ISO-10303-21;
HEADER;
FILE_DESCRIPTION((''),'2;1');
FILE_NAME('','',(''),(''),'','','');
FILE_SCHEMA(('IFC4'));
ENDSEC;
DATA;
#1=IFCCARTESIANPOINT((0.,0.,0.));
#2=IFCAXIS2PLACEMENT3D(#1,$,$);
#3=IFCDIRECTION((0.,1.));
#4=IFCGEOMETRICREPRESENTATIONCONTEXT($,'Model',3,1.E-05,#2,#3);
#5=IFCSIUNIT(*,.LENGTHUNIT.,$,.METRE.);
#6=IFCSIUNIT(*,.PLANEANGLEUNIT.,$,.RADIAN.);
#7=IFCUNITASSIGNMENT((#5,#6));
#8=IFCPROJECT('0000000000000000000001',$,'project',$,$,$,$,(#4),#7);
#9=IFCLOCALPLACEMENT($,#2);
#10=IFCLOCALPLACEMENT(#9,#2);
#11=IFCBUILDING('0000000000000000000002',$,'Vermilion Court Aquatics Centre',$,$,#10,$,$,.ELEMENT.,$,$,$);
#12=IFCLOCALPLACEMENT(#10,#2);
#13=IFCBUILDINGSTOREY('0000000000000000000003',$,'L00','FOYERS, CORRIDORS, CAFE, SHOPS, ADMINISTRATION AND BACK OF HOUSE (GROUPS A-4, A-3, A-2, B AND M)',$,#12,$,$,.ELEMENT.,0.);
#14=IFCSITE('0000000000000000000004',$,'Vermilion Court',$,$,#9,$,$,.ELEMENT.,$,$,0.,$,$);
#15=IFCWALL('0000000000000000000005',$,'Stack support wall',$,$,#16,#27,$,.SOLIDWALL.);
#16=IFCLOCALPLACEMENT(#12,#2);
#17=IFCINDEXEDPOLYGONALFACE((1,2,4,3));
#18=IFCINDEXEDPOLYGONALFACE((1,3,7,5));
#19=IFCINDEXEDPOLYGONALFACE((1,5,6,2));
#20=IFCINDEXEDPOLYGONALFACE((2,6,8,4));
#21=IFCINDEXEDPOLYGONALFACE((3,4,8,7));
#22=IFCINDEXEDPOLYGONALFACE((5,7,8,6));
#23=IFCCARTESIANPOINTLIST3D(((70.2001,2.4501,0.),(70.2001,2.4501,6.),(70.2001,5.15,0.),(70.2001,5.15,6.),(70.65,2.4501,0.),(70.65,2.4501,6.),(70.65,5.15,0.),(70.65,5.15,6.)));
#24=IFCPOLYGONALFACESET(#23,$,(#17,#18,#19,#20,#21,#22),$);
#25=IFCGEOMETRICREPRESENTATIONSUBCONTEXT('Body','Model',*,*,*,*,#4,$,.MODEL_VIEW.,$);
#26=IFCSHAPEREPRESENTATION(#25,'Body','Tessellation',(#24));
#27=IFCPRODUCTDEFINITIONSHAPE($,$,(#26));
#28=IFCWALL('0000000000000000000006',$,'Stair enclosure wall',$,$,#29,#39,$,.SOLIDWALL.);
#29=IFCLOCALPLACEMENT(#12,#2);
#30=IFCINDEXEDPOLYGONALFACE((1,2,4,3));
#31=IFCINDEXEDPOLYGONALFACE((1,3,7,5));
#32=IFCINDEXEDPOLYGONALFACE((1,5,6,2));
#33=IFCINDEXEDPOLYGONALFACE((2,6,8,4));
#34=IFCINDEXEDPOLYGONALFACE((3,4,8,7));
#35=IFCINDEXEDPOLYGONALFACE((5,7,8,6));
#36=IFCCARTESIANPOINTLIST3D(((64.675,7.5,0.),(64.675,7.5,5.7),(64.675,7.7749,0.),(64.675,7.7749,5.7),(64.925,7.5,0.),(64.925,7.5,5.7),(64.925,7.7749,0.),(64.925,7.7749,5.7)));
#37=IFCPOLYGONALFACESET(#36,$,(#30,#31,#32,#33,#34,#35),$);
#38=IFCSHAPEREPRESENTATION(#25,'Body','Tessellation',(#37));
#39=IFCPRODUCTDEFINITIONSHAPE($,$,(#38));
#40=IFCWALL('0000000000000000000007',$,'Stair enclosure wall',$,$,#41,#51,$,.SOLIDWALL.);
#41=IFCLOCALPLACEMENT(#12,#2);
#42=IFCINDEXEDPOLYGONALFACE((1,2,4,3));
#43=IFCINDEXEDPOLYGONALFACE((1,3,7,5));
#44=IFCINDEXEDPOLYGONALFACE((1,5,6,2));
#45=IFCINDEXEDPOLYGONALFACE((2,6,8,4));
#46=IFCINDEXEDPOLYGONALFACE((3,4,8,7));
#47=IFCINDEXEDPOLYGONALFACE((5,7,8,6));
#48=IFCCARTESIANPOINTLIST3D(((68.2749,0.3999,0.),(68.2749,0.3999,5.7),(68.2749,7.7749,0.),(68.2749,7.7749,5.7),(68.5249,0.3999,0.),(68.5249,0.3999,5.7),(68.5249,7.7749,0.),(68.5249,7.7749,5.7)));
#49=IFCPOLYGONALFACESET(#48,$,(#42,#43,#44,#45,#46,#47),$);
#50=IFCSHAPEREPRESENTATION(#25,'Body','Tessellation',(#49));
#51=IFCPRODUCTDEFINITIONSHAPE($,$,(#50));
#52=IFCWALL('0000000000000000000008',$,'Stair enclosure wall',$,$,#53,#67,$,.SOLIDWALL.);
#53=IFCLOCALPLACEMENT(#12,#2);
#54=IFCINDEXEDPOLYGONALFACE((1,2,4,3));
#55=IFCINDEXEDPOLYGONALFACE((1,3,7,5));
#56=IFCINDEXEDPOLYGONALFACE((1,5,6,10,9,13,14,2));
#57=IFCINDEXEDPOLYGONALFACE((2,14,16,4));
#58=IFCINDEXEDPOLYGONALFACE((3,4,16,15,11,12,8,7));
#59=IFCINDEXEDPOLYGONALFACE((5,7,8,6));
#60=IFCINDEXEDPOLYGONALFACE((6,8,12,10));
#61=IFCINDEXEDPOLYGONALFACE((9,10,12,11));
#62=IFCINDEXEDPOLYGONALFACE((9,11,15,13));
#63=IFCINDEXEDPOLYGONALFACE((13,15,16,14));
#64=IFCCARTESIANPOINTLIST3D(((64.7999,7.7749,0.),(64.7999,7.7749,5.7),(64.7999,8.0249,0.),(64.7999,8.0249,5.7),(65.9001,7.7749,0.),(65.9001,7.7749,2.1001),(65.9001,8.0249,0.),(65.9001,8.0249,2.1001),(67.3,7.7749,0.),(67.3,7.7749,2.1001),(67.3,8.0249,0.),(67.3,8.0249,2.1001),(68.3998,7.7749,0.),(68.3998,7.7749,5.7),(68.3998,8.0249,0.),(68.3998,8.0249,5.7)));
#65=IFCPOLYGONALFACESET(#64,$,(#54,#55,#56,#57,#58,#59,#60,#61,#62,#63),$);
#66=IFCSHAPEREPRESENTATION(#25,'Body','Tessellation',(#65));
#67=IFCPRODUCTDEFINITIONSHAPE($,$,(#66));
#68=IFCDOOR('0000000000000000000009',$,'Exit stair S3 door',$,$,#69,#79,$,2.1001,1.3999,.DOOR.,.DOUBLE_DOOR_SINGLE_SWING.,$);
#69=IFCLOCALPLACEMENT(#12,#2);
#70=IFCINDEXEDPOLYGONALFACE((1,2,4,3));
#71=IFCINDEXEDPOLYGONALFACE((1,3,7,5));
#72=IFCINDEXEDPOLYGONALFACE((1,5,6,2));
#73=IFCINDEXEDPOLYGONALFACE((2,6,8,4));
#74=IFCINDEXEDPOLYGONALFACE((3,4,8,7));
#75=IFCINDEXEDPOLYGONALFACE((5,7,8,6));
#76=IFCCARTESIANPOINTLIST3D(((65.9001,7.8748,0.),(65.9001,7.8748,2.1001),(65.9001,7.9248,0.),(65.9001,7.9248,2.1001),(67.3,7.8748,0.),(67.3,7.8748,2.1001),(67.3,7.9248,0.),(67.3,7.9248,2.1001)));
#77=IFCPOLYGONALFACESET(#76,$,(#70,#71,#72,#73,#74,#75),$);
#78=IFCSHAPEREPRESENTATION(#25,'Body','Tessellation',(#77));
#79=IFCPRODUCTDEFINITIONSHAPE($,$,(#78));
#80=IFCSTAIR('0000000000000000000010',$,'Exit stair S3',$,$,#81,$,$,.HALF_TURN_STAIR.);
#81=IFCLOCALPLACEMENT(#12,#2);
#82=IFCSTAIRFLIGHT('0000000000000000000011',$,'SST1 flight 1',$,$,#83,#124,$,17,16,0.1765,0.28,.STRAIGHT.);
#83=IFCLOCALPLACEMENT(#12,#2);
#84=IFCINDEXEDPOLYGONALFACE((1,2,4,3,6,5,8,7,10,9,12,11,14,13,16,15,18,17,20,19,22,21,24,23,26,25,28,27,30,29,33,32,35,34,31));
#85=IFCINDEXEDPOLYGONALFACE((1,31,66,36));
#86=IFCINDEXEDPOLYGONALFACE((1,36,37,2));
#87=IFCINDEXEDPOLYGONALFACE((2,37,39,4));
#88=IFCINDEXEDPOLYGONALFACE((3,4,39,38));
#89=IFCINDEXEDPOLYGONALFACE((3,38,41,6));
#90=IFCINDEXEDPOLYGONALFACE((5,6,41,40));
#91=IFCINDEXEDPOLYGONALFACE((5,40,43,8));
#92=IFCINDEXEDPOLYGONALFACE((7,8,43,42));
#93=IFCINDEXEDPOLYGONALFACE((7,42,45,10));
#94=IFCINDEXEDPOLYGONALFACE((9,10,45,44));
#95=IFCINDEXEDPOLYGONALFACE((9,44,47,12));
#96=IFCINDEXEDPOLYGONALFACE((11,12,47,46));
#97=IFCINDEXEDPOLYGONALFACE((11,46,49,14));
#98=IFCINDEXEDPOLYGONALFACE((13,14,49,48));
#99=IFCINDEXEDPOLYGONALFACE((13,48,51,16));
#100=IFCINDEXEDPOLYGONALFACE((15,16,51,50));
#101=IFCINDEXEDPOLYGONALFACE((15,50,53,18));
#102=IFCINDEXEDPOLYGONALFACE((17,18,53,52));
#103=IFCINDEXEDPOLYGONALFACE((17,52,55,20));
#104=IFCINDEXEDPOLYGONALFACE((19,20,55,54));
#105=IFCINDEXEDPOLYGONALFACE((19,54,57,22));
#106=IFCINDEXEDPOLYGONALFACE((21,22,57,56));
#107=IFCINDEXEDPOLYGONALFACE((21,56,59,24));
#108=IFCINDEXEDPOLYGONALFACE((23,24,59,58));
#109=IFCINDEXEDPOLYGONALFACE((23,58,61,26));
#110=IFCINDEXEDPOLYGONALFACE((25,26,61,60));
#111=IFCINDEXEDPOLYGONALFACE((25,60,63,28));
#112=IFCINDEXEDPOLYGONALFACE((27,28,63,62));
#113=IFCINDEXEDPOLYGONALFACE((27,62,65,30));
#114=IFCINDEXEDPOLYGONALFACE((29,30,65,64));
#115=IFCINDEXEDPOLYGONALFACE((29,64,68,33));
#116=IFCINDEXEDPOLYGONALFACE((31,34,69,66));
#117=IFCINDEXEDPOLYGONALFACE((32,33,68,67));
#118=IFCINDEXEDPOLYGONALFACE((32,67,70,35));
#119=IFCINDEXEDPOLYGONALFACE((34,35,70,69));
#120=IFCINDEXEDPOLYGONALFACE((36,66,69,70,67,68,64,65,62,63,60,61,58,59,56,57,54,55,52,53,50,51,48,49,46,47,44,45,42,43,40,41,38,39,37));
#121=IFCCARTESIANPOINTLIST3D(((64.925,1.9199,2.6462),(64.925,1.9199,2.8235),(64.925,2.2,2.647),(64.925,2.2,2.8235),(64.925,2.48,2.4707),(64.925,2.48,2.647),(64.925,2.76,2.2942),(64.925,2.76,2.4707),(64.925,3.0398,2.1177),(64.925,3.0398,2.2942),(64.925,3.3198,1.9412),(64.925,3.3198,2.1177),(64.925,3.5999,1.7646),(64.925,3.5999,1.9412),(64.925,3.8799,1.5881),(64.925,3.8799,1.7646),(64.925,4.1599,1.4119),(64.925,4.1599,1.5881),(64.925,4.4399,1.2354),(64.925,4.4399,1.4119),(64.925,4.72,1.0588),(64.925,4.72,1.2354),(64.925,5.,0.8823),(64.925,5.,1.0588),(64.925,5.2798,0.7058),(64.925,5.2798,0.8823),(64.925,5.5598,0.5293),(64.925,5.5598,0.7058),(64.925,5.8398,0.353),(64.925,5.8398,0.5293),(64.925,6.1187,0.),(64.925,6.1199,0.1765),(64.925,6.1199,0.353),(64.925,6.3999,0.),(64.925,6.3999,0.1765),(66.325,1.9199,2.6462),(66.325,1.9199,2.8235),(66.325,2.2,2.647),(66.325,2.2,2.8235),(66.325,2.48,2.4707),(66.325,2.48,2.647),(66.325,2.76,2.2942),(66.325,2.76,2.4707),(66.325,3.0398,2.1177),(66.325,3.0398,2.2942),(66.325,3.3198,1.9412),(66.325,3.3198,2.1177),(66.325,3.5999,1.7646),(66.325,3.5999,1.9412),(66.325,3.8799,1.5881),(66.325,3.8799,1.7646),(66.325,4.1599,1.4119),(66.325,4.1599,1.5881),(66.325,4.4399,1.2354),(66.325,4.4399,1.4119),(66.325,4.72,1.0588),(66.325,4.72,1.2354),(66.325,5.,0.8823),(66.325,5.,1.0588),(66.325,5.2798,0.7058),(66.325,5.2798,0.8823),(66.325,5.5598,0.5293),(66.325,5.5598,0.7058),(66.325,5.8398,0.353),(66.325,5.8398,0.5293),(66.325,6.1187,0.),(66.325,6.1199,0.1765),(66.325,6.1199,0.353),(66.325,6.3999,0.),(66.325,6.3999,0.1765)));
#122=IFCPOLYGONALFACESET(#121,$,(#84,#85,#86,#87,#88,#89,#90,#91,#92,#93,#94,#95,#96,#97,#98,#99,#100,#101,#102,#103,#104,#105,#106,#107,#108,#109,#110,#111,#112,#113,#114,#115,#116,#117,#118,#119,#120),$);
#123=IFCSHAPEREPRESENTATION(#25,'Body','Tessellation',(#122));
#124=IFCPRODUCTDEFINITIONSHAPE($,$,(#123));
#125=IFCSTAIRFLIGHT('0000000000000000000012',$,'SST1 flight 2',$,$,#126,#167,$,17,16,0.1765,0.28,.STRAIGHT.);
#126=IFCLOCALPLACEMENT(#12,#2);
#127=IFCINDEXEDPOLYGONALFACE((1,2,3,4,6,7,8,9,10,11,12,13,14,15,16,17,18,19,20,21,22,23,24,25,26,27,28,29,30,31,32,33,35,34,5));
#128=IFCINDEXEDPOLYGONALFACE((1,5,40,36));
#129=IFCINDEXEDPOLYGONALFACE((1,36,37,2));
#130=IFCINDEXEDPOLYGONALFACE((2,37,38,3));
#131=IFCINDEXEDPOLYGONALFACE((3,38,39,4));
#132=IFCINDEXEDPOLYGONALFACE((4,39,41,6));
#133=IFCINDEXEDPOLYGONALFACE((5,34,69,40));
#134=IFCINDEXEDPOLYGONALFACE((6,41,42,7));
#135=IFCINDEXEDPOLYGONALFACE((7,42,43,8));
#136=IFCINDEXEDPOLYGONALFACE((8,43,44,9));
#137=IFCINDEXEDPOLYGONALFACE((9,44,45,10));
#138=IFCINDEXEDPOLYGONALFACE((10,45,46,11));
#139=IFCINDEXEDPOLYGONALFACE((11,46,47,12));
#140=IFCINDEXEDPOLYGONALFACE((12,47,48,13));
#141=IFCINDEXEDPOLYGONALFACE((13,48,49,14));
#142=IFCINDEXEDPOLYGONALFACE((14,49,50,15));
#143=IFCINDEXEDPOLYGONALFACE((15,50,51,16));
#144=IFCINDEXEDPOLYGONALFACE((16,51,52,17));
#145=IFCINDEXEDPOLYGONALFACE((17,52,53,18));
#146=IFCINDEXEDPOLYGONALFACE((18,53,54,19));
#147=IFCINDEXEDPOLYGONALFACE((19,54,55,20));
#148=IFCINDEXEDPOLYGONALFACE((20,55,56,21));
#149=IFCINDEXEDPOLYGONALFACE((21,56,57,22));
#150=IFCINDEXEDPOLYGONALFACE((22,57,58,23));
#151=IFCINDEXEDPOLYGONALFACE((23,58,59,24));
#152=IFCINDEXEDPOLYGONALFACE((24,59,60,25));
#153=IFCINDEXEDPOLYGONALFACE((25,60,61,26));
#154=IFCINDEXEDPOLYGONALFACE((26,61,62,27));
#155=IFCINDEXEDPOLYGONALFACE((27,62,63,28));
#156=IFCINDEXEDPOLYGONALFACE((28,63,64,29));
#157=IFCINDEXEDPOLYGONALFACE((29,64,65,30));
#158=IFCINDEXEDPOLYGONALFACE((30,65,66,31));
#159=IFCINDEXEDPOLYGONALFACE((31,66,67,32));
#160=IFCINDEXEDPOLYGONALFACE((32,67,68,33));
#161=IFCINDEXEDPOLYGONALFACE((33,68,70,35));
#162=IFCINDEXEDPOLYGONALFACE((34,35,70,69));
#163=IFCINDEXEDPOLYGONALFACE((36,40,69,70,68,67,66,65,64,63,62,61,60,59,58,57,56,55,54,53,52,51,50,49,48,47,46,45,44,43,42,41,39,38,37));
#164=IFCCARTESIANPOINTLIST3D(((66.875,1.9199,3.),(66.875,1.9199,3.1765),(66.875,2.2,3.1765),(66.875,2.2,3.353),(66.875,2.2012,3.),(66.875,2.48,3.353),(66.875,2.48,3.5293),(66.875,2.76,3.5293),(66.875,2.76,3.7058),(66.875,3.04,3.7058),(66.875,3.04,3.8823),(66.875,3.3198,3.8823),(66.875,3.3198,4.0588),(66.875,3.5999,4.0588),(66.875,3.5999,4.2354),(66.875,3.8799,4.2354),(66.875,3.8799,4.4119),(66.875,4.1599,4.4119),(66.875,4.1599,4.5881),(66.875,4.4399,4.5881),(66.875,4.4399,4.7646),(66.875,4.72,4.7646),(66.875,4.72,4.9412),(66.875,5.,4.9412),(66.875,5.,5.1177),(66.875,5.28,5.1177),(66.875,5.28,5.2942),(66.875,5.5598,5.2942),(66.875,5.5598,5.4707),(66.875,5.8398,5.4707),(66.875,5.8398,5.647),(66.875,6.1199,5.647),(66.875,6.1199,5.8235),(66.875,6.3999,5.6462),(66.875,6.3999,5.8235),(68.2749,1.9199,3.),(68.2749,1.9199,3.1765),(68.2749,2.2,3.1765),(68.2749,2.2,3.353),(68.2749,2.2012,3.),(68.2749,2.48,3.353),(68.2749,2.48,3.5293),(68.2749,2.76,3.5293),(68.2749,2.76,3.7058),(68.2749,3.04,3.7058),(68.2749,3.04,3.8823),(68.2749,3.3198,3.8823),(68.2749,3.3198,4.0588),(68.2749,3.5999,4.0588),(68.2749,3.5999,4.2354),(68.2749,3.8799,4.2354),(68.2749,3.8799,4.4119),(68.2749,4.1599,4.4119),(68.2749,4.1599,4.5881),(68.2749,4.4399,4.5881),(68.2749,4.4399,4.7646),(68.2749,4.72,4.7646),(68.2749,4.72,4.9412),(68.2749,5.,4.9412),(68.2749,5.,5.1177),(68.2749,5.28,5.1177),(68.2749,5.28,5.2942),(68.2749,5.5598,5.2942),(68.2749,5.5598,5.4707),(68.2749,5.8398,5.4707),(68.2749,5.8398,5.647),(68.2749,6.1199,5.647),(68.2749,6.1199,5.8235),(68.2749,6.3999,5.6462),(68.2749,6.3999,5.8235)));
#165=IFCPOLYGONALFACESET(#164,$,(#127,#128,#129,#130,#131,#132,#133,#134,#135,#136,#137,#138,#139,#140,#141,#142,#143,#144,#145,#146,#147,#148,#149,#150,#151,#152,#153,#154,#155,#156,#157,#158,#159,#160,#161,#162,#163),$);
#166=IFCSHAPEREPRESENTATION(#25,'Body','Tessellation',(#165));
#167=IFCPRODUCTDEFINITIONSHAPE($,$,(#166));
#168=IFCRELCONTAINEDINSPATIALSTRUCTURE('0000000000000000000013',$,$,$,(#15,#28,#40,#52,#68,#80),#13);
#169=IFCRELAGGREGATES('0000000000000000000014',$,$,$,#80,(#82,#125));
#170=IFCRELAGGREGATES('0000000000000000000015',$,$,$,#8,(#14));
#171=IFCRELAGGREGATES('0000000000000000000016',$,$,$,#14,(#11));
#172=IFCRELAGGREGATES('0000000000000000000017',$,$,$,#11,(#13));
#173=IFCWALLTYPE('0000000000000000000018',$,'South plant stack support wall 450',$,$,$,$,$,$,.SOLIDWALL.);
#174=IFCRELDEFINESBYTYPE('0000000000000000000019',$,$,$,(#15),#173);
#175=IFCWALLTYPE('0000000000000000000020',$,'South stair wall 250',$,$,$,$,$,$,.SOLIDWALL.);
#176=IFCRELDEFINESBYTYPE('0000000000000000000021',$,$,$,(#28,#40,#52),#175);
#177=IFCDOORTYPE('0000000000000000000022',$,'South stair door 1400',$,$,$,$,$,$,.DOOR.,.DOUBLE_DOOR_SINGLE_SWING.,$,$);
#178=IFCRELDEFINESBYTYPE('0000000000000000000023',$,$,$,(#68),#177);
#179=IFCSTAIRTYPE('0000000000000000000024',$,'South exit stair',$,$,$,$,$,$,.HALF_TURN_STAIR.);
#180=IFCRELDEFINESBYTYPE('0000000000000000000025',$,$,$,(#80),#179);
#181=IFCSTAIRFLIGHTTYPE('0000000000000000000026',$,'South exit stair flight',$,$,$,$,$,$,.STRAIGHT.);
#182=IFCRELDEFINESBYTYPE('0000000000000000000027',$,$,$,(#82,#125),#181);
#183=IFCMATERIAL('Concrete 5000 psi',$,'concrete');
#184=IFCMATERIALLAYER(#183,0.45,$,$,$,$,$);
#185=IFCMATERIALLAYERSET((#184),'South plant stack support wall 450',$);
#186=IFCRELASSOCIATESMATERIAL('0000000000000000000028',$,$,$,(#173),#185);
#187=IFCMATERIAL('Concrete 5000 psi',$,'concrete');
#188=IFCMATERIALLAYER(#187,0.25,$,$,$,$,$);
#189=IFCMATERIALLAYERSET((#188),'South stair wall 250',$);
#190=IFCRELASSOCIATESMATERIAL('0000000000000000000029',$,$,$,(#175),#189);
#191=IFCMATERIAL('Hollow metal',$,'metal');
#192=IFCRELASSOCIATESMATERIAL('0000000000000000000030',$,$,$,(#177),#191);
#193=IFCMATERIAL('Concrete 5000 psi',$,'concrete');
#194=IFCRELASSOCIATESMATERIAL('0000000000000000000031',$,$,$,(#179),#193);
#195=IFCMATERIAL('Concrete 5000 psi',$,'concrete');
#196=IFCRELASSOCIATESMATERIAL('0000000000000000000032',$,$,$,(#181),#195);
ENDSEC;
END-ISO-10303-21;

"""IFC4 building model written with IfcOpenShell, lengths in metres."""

from ifc_helpers import new_model, si_unit, direction, frame, frame_2d, origin, place, context, subcontext, project, spatial, polyline, rectangle, outline, extrude, material, layer, layer_set, type_object, element, fill, aggregate, save


model = new_model("IFC4")

# Units and contexts
model_context = context("Model", 3, precision=1e-05, world=origin(), true_north=direction((0.0, 1.0)))
body_context = subcontext(model_context, "Body", "Model", "MODEL_VIEW")
ifc_project = project(units=[si_unit("LENGTHUNIT", "METRE"), si_unit("PLANEANGLEUNIT", "RADIAN")], contexts=[model_context])

# Site, building, storey
site_placement = place(None, origin())
site = spatial("IfcSite", under=ifc_project, at=site_placement, Name="Vermilion Court", CompositionType="ELEMENT", RefElevation=0.0)
building_placement = place(site_placement, origin())
building = spatial("IfcBuilding", under=site, at=building_placement, Name="Vermilion Court Aquatics Centre", CompositionType="ELEMENT")
storey_placement = place(building_placement, origin())
storey = spatial("IfcBuildingStorey", under=building, at=storey_placement, Name="L00", Description="FOYERS, CORRIDORS, CAFE, SHOPS, ADMINISTRATION AND BACK OF HOUSE (GROUPS A-4, A-3, A-2, B AND M)", CompositionType="ELEMENT", Elevation=0.0)

# Walls
ifc_material_1 = material(Name="Concrete 5000 psi", Category="concrete")
ifc_layer_1 = layer(ifc_material_1, 0.45)
ifc_layer_set_1 = layer_set([ifc_layer_1], Name="South plant stack support wall 450")
wall_type_1 = type_object("IfcWallType", Name="South plant stack support wall 450", PredefinedType="SOLIDWALL", material=ifc_layer_set_1)
wall_1_placement = place(storey_placement, frame((70.425, 2.45, 0.0), z_axis=(0.0, 0.0, 1.0), x_axis=(0.0, 1.0, 0.0)))
element("IfcWall", 1, at=wall_1_placement, inside=storey, type_object=wall_type_1, Name="Stack support wall", PredefinedType="SOLIDWALL", context=body_context, shape_type="SweptSolid", body=[
    extrude(rectangle(XDim=2.7, YDim=0.45, at=frame_2d((1.3501, 0.0))), origin(), (0.0, 0.0, 1.0), 6.0),
])
ifc_material_2 = material(Name="Concrete 5000 psi", Category="concrete")
ifc_layer_2 = layer(ifc_material_2, 0.25)
ifc_layer_set_2 = layer_set([ifc_layer_2], Name="South stair wall 250")
wall_type_2 = type_object("IfcWallType", Name="South stair wall 250", PredefinedType="SOLIDWALL", material=ifc_layer_set_2)
wall_2_placement = place(storey_placement, frame((64.8, 7.5, 0.0), z_axis=(0.0, 0.0, 1.0), x_axis=(0.0, 1.0, 0.0)))
element("IfcWall", 2, at=wall_2_placement, inside=storey, type_object=wall_type_2, Name="Stair enclosure wall", PredefinedType="SOLIDWALL", context=body_context, shape_type="SweptSolid", body=[
    extrude(rectangle(XDim=0.2749, YDim=0.25, at=frame_2d((0.1375, 0.0))), origin(), (0.0, 0.0, 1.0), 5.7),
])
wall_3_placement = place(storey_placement, frame((68.3999, 0.3999, 0.0), z_axis=(0.0, 0.0, 1.0), x_axis=(0.0, 1.0, 0.0)))
element("IfcWall", 3, at=wall_3_placement, inside=storey, type_object=wall_type_2, Name="Stair enclosure wall", PredefinedType="SOLIDWALL", context=body_context, shape_type="SweptSolid", body=[
    extrude(rectangle(XDim=7.375, YDim=0.25, at=frame_2d((3.6875, 0.0))), origin(), (0.0, 0.0, 1.0), 5.7),
])

# Wall, opening, door
wall_4_placement = place(storey_placement, frame((64.8, 7.8999, 0.0), z_axis=(0.0, 0.0, 1.0), x_axis=(1.0, 0.0, 0.0)))
wall_4 = element("IfcWall", 4, at=wall_4_placement, inside=storey, type_object=wall_type_2, Name="Stair enclosure wall", PredefinedType="SOLIDWALL", context=body_context, shape_type="SweptSolid", body=[
    extrude(rectangle(XDim=3.5999, YDim=0.25, at=frame_2d((1.7998, 0.0))), origin(), (0.0, 0.0, 1.0), 5.7),
])
opening_1_placement = place(wall_4_placement, frame((1.1001, 0.0, 0.0)))
opening_1 = element("IfcOpeningElement", 5, at=opening_1_placement, cuts=wall_4, PredefinedType="OPENING", context=body_context, shape_type="SweptSolid", body=[
    extrude(rectangle(XDim=1.3999, YDim=2.1001, at=frame_2d((0.7, 1.05))), frame((0.0, 0.135, 0.0), z_axis=(0.0, -1.0, 0.0), x_axis=(1.0, 0.0, 0.0)), (0.0, 0.0, 1.0), 0.27),
])
ifc_material_3 = material(Name="Hollow metal", Category="metal")
door_type_1 = type_object("IfcDoorType", Name="South stair door 1400", OperationType="DOUBLE_DOOR_SINGLE_SWING", PredefinedType="DOOR", material=ifc_material_3)
door_1_placement = place(opening_1_placement, origin())
door_1 = element("IfcDoor", 6, at=door_1_placement, inside=storey, type_object=door_type_1, Name="Exit stair S3 door", OperationType="DOUBLE_DOOR_SINGLE_SWING", OverallHeight=2.1001, OverallWidth=1.3999, PredefinedType="DOOR", context=body_context, shape_type="SweptSolid", body=[
    extrude(rectangle(XDim=1.3999, YDim=2.1001, at=frame_2d((0.7, 1.05))), frame((0.0, 0.0249, 0.0), z_axis=(0.0, -1.0, 0.0), x_axis=(1.0, 0.0, 0.0)), (0.0, 0.0, 1.0), 0.05),
])
fill(opening_1, door_1)

# Stair, stair flights
ifc_material_4 = material(Name="Concrete 5000 psi", Category="concrete")
stair_type = type_object("IfcStairType", Name="South exit stair", PredefinedType="HALF_TURN_STAIR", material=ifc_material_4)
stair_placement = place(storey_placement, origin())
stair = element("IfcStair", 7, at=stair_placement, inside=storey, type_object=stair_type, Name="Exit stair S3", PredefinedType="HALF_TURN_STAIR")
ifc_material_5 = material(Name="Concrete 5000 psi", Category="concrete")
stair_flight_type = type_object("IfcStairFlightType", Name="South exit stair flight", PredefinedType="STRAIGHT", material=ifc_material_5)
stair_flight_1_placement = place(storey_placement, frame((65.625, 6.3999, 0.0), z_axis=(0.0, 0.0, 1.0), x_axis=(0.0, -1.0, 0.0)))
stair_flight_1 = element("IfcStairFlight", 8, at=stair_flight_1_placement, type_object=stair_flight_type, Name="SST1 flight 1", NumberOfRisers=17, NumberOfTreads=16, PredefinedType="STRAIGHT", RiserHeight=0.1765, TreadLength=0.28, context=body_context, shape_type="SweptSolid", body=[
    extrude(outline(polyline([(0.0, 0.0), (0.0, 0.1765), (0.28, 0.1765), (0.28, 0.353), (0.5601, 0.353), (0.5601, 0.5293), (0.8401, 0.5293), (0.8401, 0.7058), (1.1201, 0.7058), (1.1201, 0.8823), (1.3999, 0.8823), (1.3999, 1.0588), (1.6799, 1.0588), (1.6799, 1.2354), (1.96, 1.2354), (1.96, 1.4119), (2.24, 1.4119), (2.24, 1.5881), (2.52, 1.5881), (2.52, 1.7646), (2.8, 1.7646), (2.8, 1.9412), (3.0801, 1.9412), (3.0801, 2.1177), (3.3601, 2.1177), (3.3601, 2.2942), (3.6399, 2.2942), (3.6399, 2.4707), (3.9199, 2.4707), (3.9199, 2.647), (4.2, 2.647), (4.2, 2.8235), (4.48, 2.8235), (4.48, 3.0), (4.48, 2.6462), (0.2812, 0.0), (0.0, 0.0)])), frame((0.0, 0.7, 0.0), z_axis=(0.0, -1.0, 0.0), x_axis=(1.0, 0.0, 0.0)), (0.0, 0.0, 1.0), 1.3999),
])
stair_flight_2_placement = place(storey_placement, frame((67.575, 1.9199, 3.0), z_axis=(0.0, 0.0, 1.0), x_axis=(0.0, 1.0, 0.0)))
stair_flight_2 = element("IfcStairFlight", 9, at=stair_flight_2_placement, type_object=stair_flight_type, Name="SST1 flight 2", NumberOfRisers=17, NumberOfTreads=16, PredefinedType="STRAIGHT", RiserHeight=0.1765, TreadLength=0.28, context=body_context, shape_type="SweptSolid", body=[
    extrude(outline(polyline([(0.0, 0.0), (0.0, 0.1765), (0.28, 0.1765), (0.28, 0.353), (0.5601, 0.353), (0.5601, 0.5293), (0.8401, 0.5293), (0.8401, 0.7058), (1.1201, 0.7058), (1.1201, 0.8823), (1.3999, 0.8823), (1.3999, 1.0588), (1.6799, 1.0588), (1.6799, 1.2354), (1.96, 1.2354), (1.96, 1.4119), (2.24, 1.4119), (2.24, 1.5881), (2.52, 1.5881), (2.52, 1.7646), (2.8, 1.7646), (2.8, 1.9412), (3.0801, 1.9412), (3.0801, 2.1177), (3.3601, 2.1177), (3.3601, 2.2942), (3.6399, 2.2942), (3.6399, 2.4707), (3.9199, 2.4707), (3.9199, 2.647), (4.2, 2.647), (4.2, 2.8235), (4.48, 2.8235), (4.48, 3.0), (4.48, 2.6462), (0.2812, 0.0), (0.0, 0.0)])), frame((0.0, 0.7, 0.0), z_axis=(0.0, -1.0, 0.0), x_axis=(1.0, 0.0, 0.0)), (0.0, 0.0, 1.0), 1.3999),
])
aggregate(stair, [stair_flight_1, stair_flight_2])

save(model, "model.ifc")
